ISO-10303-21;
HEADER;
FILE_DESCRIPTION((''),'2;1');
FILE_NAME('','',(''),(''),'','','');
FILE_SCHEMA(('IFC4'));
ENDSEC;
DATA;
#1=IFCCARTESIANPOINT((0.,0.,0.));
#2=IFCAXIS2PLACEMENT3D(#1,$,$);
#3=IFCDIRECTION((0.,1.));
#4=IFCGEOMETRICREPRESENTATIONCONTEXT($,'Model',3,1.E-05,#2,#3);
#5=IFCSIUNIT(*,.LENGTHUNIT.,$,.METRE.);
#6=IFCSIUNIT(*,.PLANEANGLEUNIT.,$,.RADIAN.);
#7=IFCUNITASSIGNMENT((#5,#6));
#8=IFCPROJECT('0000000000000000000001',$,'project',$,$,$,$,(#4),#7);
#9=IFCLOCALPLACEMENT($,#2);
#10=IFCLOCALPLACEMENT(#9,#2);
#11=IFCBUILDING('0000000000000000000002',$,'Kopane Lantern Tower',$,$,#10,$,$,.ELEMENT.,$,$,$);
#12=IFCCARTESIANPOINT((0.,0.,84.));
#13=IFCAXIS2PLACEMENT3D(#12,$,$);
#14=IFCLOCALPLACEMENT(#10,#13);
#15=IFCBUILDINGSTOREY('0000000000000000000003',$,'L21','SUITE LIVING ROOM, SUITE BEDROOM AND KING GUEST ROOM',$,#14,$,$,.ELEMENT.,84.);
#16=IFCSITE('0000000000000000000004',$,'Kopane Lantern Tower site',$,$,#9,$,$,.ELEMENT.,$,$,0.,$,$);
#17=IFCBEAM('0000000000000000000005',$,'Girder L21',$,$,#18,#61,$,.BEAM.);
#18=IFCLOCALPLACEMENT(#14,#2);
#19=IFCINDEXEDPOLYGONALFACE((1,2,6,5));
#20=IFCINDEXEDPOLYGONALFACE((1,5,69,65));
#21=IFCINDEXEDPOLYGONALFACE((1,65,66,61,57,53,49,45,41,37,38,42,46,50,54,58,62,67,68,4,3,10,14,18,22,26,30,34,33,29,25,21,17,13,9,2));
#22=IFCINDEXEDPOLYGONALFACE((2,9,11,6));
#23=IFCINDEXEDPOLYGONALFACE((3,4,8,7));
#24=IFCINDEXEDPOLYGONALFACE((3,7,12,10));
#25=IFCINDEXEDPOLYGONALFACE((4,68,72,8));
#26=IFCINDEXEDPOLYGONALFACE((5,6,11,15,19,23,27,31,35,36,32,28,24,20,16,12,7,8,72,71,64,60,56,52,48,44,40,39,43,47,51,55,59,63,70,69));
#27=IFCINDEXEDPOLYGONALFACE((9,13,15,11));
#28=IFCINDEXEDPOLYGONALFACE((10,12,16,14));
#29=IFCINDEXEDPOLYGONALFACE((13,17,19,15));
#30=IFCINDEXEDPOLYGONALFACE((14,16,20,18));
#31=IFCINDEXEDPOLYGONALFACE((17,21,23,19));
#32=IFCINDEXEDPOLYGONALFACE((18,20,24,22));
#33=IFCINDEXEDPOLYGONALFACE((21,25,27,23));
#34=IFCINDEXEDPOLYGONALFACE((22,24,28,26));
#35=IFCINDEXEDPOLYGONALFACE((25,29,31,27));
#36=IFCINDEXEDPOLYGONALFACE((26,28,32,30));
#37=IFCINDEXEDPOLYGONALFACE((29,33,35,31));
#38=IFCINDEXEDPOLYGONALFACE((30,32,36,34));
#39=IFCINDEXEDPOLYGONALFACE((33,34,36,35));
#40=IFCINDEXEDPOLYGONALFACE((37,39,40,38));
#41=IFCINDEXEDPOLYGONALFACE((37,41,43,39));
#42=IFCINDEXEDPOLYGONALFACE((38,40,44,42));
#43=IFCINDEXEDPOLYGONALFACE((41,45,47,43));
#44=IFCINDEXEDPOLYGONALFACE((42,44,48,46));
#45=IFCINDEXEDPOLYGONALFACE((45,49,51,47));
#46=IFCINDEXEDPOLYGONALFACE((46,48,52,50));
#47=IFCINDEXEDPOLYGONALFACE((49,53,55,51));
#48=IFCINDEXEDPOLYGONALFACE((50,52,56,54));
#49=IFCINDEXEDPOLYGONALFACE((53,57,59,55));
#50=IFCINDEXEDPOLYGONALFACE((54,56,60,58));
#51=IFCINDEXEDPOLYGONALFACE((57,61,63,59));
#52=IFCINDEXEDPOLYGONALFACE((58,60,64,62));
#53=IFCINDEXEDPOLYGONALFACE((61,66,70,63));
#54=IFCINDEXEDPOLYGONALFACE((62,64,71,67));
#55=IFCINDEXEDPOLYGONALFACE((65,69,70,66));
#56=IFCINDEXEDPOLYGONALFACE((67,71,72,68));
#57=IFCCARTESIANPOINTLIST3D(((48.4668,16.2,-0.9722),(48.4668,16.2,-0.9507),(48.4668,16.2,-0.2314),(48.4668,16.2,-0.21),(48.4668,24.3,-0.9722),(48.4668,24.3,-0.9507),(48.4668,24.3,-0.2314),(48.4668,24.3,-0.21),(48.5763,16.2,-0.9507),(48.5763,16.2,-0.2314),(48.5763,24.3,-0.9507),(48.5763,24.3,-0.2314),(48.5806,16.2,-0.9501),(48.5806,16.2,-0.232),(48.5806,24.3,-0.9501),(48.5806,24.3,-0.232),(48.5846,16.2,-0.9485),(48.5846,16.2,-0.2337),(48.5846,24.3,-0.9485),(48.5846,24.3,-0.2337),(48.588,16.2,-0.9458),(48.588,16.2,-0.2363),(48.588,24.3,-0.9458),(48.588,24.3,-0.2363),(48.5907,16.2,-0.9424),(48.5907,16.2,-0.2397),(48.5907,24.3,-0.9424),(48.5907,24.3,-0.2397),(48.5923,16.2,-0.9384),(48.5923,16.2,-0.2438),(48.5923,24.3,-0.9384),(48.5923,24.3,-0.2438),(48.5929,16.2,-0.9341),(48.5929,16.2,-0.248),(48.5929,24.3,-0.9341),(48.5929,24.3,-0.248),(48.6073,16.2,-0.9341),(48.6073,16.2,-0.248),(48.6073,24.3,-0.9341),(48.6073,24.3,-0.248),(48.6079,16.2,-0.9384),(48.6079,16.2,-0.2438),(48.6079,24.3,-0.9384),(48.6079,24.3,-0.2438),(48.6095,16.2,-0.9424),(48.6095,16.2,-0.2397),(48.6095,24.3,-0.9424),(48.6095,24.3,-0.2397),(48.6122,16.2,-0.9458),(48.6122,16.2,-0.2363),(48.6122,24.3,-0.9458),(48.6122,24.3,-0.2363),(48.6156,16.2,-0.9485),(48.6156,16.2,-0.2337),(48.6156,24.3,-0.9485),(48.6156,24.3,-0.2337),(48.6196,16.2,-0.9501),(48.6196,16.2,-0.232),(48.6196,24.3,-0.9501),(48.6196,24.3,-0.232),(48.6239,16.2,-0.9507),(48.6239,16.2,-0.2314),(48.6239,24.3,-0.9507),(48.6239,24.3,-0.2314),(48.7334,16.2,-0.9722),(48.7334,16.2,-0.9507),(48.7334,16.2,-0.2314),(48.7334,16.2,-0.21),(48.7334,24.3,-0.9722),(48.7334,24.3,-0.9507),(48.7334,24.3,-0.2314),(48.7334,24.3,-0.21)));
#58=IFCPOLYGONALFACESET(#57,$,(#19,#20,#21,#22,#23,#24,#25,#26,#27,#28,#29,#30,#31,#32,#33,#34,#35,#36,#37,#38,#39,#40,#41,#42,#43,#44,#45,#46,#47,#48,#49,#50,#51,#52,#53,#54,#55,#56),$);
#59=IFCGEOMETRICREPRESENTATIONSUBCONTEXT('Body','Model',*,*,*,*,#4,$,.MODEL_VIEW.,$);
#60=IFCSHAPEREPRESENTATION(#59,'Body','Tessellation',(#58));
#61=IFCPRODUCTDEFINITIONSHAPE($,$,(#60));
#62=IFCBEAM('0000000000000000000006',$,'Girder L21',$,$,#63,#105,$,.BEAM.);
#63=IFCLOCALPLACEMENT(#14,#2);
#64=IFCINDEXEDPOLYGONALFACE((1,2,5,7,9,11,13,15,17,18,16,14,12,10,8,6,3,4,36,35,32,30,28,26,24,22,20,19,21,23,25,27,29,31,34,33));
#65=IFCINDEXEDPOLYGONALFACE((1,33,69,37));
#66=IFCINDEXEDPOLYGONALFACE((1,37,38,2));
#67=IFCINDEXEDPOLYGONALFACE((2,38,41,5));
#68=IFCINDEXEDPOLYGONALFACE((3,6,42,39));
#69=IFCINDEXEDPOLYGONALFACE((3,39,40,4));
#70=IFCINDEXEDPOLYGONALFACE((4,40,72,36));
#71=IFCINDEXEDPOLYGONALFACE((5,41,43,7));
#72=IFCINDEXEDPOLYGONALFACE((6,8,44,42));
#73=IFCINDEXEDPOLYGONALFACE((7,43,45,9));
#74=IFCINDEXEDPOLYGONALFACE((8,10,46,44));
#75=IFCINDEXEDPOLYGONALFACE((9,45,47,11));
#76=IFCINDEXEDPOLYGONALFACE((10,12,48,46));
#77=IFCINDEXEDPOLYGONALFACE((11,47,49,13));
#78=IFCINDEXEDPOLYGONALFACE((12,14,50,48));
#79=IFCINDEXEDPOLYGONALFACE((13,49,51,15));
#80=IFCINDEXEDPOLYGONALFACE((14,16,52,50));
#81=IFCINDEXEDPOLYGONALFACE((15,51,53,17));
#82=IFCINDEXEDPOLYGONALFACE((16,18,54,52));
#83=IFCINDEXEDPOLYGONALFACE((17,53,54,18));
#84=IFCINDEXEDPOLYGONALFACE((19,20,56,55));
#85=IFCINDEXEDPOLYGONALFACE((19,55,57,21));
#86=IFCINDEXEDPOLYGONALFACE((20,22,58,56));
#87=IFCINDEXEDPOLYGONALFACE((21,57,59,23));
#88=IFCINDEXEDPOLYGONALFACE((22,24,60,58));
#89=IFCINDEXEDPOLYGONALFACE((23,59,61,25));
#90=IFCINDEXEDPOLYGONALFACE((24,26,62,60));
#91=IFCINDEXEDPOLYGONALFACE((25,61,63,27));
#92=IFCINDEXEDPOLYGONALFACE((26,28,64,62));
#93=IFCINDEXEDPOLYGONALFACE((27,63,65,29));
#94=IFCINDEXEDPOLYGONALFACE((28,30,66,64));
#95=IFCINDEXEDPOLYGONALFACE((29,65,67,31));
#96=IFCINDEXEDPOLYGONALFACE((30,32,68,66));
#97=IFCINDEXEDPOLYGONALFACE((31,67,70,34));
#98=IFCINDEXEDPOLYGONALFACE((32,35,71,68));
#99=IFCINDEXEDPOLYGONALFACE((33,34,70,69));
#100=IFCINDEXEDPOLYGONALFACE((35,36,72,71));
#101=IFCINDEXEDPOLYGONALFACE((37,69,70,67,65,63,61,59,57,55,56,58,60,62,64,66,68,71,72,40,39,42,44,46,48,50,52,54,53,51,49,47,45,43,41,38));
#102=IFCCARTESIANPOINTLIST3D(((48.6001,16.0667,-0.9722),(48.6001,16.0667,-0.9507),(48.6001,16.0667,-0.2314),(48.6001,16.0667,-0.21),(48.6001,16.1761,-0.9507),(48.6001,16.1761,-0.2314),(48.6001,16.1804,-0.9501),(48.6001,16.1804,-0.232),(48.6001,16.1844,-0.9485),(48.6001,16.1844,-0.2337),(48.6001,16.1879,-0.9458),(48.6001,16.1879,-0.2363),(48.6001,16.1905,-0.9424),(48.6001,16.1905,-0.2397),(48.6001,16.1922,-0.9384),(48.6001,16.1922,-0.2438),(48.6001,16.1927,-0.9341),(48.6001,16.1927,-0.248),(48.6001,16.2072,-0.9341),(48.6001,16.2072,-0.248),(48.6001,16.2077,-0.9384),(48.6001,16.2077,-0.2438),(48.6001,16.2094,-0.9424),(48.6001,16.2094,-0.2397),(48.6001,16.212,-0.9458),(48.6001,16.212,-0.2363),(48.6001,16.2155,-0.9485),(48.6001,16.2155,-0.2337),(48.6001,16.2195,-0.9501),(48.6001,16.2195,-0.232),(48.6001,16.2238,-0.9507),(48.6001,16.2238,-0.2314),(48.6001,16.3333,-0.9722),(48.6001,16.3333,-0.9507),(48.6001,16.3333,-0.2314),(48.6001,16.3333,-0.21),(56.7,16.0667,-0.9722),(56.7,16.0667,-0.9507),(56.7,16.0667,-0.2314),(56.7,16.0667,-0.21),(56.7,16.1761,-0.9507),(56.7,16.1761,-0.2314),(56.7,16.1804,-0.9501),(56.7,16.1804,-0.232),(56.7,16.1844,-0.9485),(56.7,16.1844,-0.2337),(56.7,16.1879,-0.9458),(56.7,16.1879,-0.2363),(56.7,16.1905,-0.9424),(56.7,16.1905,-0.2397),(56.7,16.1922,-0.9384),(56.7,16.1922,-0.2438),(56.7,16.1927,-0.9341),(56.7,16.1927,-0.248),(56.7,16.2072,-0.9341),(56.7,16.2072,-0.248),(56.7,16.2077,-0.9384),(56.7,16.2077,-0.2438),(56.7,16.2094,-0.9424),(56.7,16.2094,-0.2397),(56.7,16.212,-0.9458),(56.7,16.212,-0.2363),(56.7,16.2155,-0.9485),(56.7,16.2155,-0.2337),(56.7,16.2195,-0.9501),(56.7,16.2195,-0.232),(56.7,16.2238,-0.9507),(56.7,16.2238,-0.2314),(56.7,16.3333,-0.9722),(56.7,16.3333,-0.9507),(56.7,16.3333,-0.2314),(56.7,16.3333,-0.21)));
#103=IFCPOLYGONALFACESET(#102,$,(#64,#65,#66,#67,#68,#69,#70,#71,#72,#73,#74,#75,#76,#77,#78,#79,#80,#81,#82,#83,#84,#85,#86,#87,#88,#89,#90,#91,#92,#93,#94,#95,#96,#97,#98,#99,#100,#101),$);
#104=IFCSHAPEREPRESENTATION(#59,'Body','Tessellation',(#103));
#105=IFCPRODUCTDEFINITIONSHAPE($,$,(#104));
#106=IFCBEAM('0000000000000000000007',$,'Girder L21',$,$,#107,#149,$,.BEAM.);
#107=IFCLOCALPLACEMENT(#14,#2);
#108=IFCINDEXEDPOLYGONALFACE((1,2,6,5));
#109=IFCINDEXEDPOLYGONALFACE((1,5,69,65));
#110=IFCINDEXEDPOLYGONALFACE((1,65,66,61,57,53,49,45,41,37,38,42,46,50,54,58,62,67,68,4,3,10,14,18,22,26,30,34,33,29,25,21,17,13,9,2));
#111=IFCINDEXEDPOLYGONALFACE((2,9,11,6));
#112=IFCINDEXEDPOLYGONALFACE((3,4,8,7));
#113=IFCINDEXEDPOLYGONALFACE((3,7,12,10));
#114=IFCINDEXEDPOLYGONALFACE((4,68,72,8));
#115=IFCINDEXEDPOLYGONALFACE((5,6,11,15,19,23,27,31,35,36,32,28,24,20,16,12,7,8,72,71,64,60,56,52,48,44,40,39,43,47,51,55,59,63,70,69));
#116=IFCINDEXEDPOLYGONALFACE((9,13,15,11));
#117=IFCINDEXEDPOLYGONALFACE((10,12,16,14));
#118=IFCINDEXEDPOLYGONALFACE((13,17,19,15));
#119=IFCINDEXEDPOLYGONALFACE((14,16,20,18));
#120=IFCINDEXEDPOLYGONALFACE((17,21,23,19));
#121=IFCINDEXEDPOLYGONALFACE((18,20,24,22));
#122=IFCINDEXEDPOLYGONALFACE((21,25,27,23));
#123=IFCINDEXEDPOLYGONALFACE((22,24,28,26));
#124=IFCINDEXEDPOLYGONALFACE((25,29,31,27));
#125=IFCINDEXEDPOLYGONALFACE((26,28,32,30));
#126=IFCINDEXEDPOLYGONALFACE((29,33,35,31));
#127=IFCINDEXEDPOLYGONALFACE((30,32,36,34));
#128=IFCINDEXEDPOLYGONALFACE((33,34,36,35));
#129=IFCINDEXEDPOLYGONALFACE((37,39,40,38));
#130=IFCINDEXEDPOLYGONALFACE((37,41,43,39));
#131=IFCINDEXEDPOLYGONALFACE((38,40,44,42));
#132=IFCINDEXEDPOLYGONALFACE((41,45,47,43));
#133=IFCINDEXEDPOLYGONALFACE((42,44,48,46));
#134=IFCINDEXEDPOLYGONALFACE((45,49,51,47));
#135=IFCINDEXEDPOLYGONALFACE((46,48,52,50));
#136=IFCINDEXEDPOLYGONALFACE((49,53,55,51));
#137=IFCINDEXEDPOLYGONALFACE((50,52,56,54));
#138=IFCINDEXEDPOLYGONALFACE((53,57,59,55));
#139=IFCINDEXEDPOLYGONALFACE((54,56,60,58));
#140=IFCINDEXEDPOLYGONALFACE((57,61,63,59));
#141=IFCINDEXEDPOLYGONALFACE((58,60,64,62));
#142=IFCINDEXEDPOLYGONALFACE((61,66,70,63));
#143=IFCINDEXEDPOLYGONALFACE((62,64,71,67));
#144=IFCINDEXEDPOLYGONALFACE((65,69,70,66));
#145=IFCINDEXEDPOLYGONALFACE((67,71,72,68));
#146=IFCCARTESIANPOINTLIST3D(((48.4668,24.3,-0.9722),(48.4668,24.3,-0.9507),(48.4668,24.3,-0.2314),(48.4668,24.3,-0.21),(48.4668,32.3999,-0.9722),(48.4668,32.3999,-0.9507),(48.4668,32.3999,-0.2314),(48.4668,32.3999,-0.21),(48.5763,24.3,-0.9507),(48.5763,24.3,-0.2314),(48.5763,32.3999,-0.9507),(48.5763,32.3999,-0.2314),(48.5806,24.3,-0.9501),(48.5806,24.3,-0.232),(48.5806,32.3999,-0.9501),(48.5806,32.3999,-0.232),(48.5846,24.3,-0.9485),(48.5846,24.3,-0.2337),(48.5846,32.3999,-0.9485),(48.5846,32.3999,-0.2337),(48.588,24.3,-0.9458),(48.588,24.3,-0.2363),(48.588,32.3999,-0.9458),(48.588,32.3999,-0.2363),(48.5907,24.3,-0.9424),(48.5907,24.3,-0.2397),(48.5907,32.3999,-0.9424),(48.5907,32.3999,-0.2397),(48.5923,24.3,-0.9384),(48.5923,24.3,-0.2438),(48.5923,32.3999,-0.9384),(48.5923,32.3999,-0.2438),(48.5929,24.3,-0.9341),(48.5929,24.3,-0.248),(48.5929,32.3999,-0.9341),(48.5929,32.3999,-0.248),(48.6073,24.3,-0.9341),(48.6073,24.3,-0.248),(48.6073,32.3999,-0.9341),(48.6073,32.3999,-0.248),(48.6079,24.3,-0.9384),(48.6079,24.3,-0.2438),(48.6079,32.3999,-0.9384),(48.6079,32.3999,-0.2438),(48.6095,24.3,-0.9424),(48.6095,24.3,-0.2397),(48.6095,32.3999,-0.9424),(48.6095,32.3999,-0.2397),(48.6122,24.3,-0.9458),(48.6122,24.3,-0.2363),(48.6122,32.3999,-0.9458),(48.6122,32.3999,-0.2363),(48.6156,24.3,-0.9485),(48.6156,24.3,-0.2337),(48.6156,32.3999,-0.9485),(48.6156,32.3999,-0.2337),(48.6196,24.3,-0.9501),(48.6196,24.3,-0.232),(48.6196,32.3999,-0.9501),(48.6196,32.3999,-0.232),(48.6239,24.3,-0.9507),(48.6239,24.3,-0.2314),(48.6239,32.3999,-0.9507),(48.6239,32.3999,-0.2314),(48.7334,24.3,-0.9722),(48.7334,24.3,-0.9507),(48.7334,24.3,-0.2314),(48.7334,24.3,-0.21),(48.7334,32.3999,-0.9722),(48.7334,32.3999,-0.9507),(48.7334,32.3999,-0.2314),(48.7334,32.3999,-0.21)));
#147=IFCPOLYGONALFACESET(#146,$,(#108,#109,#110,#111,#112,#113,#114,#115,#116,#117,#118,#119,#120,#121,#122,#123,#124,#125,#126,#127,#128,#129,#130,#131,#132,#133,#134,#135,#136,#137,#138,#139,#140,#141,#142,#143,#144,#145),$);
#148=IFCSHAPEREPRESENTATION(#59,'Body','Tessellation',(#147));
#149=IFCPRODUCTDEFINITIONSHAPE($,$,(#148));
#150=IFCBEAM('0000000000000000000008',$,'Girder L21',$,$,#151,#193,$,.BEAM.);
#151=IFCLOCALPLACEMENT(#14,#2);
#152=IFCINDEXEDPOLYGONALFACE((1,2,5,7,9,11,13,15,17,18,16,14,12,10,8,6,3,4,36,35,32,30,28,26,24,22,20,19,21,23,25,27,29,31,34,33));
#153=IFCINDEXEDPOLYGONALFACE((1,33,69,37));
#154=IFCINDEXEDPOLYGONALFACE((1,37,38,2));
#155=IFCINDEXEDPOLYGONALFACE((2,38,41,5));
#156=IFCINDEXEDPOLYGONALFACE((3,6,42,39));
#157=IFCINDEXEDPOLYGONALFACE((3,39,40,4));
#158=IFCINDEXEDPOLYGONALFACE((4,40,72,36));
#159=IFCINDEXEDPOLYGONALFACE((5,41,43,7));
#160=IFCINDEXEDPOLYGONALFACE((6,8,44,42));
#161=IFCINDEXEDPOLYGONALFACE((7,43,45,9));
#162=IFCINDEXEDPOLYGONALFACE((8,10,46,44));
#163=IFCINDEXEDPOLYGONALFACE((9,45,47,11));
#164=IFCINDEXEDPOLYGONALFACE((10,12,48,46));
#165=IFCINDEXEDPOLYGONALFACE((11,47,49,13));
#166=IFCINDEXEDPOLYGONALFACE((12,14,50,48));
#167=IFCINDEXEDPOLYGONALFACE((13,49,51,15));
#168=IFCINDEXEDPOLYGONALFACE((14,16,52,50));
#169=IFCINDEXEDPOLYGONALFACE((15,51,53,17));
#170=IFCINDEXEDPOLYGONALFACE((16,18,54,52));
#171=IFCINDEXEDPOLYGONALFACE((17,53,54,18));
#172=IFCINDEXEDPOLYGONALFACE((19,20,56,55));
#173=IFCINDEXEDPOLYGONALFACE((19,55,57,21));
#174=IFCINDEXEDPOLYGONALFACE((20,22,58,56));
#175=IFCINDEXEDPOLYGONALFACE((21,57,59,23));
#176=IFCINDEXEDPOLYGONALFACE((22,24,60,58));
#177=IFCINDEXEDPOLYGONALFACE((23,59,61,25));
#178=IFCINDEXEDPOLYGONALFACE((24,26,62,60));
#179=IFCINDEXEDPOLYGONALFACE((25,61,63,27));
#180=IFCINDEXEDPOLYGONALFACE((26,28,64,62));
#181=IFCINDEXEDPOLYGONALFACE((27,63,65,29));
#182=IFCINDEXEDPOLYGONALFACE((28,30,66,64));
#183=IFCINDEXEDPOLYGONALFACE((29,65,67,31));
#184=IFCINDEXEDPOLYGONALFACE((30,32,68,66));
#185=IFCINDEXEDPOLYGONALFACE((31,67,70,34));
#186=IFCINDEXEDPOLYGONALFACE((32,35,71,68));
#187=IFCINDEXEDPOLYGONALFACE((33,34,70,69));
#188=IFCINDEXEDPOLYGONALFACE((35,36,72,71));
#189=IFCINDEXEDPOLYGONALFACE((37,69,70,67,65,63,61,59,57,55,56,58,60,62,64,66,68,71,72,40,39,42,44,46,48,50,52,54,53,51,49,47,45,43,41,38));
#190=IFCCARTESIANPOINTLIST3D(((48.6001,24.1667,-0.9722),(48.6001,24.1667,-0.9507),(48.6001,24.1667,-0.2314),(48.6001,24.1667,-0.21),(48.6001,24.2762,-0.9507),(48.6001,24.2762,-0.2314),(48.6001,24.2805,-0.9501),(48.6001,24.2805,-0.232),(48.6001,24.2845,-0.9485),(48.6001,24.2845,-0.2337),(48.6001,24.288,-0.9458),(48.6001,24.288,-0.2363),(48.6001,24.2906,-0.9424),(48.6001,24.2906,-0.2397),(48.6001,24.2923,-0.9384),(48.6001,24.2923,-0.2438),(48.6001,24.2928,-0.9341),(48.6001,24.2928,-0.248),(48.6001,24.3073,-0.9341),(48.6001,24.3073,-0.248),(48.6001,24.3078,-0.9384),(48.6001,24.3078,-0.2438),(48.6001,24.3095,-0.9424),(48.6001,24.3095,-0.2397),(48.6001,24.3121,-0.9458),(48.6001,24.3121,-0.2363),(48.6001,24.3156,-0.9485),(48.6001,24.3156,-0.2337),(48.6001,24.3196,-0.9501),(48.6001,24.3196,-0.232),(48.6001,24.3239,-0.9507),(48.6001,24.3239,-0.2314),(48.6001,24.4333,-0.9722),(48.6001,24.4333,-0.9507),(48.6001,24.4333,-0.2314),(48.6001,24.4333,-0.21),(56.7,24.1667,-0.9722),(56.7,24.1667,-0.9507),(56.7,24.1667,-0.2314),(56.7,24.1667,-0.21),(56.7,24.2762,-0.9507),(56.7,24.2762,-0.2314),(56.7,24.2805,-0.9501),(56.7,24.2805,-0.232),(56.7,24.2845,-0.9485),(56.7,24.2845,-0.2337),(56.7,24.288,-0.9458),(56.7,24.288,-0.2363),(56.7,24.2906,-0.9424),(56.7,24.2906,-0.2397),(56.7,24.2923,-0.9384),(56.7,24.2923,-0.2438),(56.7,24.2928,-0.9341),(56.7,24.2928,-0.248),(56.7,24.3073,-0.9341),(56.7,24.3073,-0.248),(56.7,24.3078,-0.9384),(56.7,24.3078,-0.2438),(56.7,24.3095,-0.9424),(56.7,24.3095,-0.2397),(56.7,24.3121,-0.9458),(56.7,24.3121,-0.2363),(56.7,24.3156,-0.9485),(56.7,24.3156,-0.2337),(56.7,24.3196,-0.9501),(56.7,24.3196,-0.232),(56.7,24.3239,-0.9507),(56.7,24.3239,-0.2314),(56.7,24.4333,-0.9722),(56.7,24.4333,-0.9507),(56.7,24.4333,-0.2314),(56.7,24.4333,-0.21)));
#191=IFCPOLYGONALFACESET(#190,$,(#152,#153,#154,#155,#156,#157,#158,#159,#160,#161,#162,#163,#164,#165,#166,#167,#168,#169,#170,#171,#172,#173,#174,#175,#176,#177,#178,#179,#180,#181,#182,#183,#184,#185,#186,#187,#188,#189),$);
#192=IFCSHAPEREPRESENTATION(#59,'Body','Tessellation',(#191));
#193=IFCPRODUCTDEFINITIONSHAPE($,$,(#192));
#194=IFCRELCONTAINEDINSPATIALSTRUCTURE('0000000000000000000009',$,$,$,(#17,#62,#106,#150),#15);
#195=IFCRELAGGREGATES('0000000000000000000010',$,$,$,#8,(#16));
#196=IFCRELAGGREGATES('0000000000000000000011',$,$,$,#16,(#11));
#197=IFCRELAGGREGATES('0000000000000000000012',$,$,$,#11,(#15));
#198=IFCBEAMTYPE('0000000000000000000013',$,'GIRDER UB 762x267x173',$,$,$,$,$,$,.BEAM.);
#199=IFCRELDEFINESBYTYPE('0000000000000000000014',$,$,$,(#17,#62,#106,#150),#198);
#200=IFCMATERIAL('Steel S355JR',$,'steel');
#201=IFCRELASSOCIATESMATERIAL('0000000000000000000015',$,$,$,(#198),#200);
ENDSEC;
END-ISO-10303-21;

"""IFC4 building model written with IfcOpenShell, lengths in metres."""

from ifc_helpers import new_model, si_unit, direction, frame, origin, origin_2d, place, context, subcontext, project, spatial, i_section, extrude, material, material_profile, profile_set, type_object, element, save


model = new_model("IFC4")

# Units and contexts
model_context = context("Model", 3, precision=1e-05, world=origin(), true_north=direction((0.0, 1.0)))
body_context = subcontext(model_context, "Body", "Model", "MODEL_VIEW")
ifc_project = project(units=[si_unit("LENGTHUNIT", "METRE"), si_unit("PLANEANGLEUNIT", "RADIAN")], contexts=[model_context])

# Site, building, storey
site_placement = place(None, origin())
site = spatial("IfcSite", under=ifc_project, at=site_placement, Name="Kopane Lantern Tower site", CompositionType="ELEMENT", RefElevation=0.0)
building_placement = place(site_placement, origin())
building = spatial("IfcBuilding", under=site, at=building_placement, Name="Kopane Lantern Tower", CompositionType="ELEMENT")
storey_placement = place(building_placement, frame((0.0, 0.0, 84.0)))
storey = spatial("IfcBuildingStorey", under=building, at=storey_placement, Name="L21", Description="SUITE LIVING ROOM, SUITE BEDROOM AND KING GUEST ROOM", CompositionType="ELEMENT", Elevation=84.0)

# Beams
ifc_material_1 = material(Name="Steel S355JR", Category="steel")
ifc_material_profile_1 = material_profile(ifc_material_1, i_section(OverallWidth=0.2666, OverallDepth=0.7622, WebThickness=0.0144, FlangeThickness=0.0215, FilletRadius=0.0166, at=origin_2d()), Name="UB 762x267x173")
ifc_profile_set_1 = profile_set([ifc_material_profile_1], Name="Steel S355JR")
beam_type = type_object("IfcBeamType", Name="GIRDER UB 762x267x173", PredefinedType="BEAM", material=ifc_profile_set_1)
for number, where, z_axis, x_axis, name in (
    (1, (48.6001, 16.2, -0.5911), (0.0, 1.0, 0.0), (-1.0, 0.0, 0.0), "Girder L21"),
):
    element("IfcBeam", number, at=place(storey_placement, frame(where, z_axis=z_axis, x_axis=x_axis)), inside=storey, type_object=beam_type, Name=name, PredefinedType="BEAM", context=body_context, shape_type="SweptSolid", body=[
        extrude(i_section(OverallWidth=0.2666, OverallDepth=0.7622, WebThickness=0.0144, FlangeThickness=0.0215, FilletRadius=0.0166, at=origin_2d()), origin(), (0.0, 0.0, 1.0), 8.1001),
    ])
for number, where, z_axis, x_axis, name in (
    (2, (48.6001, 16.2, -0.5911), (1.0, 0.0, 0.0), (0.0, 1.0, 0.0), "Girder L21"),
    (3, (48.6001, 24.3, -0.5911), (0.0, 1.0, 0.0), (-1.0, 0.0, 0.0), "Girder L21"),
    (4, (48.6001, 24.3, -0.5911), (1.0, 0.0, 0.0), (0.0, 1.0, 0.0), "Girder L21"),
):
    element("IfcBeam", number, at=place(storey_placement, frame(where, z_axis=z_axis, x_axis=x_axis)), inside=storey, type_object=beam_type, Name=name, PredefinedType="BEAM", context=body_context, shape_type="SweptSolid", body=[
        extrude(i_section(OverallWidth=0.2666, OverallDepth=0.7622, WebThickness=0.0144, FlangeThickness=0.0215, FilletRadius=0.0166, at=origin_2d()), origin(), (0.0, 0.0, 1.0), 8.0999),
    ])

save(model, "model.ifc")
